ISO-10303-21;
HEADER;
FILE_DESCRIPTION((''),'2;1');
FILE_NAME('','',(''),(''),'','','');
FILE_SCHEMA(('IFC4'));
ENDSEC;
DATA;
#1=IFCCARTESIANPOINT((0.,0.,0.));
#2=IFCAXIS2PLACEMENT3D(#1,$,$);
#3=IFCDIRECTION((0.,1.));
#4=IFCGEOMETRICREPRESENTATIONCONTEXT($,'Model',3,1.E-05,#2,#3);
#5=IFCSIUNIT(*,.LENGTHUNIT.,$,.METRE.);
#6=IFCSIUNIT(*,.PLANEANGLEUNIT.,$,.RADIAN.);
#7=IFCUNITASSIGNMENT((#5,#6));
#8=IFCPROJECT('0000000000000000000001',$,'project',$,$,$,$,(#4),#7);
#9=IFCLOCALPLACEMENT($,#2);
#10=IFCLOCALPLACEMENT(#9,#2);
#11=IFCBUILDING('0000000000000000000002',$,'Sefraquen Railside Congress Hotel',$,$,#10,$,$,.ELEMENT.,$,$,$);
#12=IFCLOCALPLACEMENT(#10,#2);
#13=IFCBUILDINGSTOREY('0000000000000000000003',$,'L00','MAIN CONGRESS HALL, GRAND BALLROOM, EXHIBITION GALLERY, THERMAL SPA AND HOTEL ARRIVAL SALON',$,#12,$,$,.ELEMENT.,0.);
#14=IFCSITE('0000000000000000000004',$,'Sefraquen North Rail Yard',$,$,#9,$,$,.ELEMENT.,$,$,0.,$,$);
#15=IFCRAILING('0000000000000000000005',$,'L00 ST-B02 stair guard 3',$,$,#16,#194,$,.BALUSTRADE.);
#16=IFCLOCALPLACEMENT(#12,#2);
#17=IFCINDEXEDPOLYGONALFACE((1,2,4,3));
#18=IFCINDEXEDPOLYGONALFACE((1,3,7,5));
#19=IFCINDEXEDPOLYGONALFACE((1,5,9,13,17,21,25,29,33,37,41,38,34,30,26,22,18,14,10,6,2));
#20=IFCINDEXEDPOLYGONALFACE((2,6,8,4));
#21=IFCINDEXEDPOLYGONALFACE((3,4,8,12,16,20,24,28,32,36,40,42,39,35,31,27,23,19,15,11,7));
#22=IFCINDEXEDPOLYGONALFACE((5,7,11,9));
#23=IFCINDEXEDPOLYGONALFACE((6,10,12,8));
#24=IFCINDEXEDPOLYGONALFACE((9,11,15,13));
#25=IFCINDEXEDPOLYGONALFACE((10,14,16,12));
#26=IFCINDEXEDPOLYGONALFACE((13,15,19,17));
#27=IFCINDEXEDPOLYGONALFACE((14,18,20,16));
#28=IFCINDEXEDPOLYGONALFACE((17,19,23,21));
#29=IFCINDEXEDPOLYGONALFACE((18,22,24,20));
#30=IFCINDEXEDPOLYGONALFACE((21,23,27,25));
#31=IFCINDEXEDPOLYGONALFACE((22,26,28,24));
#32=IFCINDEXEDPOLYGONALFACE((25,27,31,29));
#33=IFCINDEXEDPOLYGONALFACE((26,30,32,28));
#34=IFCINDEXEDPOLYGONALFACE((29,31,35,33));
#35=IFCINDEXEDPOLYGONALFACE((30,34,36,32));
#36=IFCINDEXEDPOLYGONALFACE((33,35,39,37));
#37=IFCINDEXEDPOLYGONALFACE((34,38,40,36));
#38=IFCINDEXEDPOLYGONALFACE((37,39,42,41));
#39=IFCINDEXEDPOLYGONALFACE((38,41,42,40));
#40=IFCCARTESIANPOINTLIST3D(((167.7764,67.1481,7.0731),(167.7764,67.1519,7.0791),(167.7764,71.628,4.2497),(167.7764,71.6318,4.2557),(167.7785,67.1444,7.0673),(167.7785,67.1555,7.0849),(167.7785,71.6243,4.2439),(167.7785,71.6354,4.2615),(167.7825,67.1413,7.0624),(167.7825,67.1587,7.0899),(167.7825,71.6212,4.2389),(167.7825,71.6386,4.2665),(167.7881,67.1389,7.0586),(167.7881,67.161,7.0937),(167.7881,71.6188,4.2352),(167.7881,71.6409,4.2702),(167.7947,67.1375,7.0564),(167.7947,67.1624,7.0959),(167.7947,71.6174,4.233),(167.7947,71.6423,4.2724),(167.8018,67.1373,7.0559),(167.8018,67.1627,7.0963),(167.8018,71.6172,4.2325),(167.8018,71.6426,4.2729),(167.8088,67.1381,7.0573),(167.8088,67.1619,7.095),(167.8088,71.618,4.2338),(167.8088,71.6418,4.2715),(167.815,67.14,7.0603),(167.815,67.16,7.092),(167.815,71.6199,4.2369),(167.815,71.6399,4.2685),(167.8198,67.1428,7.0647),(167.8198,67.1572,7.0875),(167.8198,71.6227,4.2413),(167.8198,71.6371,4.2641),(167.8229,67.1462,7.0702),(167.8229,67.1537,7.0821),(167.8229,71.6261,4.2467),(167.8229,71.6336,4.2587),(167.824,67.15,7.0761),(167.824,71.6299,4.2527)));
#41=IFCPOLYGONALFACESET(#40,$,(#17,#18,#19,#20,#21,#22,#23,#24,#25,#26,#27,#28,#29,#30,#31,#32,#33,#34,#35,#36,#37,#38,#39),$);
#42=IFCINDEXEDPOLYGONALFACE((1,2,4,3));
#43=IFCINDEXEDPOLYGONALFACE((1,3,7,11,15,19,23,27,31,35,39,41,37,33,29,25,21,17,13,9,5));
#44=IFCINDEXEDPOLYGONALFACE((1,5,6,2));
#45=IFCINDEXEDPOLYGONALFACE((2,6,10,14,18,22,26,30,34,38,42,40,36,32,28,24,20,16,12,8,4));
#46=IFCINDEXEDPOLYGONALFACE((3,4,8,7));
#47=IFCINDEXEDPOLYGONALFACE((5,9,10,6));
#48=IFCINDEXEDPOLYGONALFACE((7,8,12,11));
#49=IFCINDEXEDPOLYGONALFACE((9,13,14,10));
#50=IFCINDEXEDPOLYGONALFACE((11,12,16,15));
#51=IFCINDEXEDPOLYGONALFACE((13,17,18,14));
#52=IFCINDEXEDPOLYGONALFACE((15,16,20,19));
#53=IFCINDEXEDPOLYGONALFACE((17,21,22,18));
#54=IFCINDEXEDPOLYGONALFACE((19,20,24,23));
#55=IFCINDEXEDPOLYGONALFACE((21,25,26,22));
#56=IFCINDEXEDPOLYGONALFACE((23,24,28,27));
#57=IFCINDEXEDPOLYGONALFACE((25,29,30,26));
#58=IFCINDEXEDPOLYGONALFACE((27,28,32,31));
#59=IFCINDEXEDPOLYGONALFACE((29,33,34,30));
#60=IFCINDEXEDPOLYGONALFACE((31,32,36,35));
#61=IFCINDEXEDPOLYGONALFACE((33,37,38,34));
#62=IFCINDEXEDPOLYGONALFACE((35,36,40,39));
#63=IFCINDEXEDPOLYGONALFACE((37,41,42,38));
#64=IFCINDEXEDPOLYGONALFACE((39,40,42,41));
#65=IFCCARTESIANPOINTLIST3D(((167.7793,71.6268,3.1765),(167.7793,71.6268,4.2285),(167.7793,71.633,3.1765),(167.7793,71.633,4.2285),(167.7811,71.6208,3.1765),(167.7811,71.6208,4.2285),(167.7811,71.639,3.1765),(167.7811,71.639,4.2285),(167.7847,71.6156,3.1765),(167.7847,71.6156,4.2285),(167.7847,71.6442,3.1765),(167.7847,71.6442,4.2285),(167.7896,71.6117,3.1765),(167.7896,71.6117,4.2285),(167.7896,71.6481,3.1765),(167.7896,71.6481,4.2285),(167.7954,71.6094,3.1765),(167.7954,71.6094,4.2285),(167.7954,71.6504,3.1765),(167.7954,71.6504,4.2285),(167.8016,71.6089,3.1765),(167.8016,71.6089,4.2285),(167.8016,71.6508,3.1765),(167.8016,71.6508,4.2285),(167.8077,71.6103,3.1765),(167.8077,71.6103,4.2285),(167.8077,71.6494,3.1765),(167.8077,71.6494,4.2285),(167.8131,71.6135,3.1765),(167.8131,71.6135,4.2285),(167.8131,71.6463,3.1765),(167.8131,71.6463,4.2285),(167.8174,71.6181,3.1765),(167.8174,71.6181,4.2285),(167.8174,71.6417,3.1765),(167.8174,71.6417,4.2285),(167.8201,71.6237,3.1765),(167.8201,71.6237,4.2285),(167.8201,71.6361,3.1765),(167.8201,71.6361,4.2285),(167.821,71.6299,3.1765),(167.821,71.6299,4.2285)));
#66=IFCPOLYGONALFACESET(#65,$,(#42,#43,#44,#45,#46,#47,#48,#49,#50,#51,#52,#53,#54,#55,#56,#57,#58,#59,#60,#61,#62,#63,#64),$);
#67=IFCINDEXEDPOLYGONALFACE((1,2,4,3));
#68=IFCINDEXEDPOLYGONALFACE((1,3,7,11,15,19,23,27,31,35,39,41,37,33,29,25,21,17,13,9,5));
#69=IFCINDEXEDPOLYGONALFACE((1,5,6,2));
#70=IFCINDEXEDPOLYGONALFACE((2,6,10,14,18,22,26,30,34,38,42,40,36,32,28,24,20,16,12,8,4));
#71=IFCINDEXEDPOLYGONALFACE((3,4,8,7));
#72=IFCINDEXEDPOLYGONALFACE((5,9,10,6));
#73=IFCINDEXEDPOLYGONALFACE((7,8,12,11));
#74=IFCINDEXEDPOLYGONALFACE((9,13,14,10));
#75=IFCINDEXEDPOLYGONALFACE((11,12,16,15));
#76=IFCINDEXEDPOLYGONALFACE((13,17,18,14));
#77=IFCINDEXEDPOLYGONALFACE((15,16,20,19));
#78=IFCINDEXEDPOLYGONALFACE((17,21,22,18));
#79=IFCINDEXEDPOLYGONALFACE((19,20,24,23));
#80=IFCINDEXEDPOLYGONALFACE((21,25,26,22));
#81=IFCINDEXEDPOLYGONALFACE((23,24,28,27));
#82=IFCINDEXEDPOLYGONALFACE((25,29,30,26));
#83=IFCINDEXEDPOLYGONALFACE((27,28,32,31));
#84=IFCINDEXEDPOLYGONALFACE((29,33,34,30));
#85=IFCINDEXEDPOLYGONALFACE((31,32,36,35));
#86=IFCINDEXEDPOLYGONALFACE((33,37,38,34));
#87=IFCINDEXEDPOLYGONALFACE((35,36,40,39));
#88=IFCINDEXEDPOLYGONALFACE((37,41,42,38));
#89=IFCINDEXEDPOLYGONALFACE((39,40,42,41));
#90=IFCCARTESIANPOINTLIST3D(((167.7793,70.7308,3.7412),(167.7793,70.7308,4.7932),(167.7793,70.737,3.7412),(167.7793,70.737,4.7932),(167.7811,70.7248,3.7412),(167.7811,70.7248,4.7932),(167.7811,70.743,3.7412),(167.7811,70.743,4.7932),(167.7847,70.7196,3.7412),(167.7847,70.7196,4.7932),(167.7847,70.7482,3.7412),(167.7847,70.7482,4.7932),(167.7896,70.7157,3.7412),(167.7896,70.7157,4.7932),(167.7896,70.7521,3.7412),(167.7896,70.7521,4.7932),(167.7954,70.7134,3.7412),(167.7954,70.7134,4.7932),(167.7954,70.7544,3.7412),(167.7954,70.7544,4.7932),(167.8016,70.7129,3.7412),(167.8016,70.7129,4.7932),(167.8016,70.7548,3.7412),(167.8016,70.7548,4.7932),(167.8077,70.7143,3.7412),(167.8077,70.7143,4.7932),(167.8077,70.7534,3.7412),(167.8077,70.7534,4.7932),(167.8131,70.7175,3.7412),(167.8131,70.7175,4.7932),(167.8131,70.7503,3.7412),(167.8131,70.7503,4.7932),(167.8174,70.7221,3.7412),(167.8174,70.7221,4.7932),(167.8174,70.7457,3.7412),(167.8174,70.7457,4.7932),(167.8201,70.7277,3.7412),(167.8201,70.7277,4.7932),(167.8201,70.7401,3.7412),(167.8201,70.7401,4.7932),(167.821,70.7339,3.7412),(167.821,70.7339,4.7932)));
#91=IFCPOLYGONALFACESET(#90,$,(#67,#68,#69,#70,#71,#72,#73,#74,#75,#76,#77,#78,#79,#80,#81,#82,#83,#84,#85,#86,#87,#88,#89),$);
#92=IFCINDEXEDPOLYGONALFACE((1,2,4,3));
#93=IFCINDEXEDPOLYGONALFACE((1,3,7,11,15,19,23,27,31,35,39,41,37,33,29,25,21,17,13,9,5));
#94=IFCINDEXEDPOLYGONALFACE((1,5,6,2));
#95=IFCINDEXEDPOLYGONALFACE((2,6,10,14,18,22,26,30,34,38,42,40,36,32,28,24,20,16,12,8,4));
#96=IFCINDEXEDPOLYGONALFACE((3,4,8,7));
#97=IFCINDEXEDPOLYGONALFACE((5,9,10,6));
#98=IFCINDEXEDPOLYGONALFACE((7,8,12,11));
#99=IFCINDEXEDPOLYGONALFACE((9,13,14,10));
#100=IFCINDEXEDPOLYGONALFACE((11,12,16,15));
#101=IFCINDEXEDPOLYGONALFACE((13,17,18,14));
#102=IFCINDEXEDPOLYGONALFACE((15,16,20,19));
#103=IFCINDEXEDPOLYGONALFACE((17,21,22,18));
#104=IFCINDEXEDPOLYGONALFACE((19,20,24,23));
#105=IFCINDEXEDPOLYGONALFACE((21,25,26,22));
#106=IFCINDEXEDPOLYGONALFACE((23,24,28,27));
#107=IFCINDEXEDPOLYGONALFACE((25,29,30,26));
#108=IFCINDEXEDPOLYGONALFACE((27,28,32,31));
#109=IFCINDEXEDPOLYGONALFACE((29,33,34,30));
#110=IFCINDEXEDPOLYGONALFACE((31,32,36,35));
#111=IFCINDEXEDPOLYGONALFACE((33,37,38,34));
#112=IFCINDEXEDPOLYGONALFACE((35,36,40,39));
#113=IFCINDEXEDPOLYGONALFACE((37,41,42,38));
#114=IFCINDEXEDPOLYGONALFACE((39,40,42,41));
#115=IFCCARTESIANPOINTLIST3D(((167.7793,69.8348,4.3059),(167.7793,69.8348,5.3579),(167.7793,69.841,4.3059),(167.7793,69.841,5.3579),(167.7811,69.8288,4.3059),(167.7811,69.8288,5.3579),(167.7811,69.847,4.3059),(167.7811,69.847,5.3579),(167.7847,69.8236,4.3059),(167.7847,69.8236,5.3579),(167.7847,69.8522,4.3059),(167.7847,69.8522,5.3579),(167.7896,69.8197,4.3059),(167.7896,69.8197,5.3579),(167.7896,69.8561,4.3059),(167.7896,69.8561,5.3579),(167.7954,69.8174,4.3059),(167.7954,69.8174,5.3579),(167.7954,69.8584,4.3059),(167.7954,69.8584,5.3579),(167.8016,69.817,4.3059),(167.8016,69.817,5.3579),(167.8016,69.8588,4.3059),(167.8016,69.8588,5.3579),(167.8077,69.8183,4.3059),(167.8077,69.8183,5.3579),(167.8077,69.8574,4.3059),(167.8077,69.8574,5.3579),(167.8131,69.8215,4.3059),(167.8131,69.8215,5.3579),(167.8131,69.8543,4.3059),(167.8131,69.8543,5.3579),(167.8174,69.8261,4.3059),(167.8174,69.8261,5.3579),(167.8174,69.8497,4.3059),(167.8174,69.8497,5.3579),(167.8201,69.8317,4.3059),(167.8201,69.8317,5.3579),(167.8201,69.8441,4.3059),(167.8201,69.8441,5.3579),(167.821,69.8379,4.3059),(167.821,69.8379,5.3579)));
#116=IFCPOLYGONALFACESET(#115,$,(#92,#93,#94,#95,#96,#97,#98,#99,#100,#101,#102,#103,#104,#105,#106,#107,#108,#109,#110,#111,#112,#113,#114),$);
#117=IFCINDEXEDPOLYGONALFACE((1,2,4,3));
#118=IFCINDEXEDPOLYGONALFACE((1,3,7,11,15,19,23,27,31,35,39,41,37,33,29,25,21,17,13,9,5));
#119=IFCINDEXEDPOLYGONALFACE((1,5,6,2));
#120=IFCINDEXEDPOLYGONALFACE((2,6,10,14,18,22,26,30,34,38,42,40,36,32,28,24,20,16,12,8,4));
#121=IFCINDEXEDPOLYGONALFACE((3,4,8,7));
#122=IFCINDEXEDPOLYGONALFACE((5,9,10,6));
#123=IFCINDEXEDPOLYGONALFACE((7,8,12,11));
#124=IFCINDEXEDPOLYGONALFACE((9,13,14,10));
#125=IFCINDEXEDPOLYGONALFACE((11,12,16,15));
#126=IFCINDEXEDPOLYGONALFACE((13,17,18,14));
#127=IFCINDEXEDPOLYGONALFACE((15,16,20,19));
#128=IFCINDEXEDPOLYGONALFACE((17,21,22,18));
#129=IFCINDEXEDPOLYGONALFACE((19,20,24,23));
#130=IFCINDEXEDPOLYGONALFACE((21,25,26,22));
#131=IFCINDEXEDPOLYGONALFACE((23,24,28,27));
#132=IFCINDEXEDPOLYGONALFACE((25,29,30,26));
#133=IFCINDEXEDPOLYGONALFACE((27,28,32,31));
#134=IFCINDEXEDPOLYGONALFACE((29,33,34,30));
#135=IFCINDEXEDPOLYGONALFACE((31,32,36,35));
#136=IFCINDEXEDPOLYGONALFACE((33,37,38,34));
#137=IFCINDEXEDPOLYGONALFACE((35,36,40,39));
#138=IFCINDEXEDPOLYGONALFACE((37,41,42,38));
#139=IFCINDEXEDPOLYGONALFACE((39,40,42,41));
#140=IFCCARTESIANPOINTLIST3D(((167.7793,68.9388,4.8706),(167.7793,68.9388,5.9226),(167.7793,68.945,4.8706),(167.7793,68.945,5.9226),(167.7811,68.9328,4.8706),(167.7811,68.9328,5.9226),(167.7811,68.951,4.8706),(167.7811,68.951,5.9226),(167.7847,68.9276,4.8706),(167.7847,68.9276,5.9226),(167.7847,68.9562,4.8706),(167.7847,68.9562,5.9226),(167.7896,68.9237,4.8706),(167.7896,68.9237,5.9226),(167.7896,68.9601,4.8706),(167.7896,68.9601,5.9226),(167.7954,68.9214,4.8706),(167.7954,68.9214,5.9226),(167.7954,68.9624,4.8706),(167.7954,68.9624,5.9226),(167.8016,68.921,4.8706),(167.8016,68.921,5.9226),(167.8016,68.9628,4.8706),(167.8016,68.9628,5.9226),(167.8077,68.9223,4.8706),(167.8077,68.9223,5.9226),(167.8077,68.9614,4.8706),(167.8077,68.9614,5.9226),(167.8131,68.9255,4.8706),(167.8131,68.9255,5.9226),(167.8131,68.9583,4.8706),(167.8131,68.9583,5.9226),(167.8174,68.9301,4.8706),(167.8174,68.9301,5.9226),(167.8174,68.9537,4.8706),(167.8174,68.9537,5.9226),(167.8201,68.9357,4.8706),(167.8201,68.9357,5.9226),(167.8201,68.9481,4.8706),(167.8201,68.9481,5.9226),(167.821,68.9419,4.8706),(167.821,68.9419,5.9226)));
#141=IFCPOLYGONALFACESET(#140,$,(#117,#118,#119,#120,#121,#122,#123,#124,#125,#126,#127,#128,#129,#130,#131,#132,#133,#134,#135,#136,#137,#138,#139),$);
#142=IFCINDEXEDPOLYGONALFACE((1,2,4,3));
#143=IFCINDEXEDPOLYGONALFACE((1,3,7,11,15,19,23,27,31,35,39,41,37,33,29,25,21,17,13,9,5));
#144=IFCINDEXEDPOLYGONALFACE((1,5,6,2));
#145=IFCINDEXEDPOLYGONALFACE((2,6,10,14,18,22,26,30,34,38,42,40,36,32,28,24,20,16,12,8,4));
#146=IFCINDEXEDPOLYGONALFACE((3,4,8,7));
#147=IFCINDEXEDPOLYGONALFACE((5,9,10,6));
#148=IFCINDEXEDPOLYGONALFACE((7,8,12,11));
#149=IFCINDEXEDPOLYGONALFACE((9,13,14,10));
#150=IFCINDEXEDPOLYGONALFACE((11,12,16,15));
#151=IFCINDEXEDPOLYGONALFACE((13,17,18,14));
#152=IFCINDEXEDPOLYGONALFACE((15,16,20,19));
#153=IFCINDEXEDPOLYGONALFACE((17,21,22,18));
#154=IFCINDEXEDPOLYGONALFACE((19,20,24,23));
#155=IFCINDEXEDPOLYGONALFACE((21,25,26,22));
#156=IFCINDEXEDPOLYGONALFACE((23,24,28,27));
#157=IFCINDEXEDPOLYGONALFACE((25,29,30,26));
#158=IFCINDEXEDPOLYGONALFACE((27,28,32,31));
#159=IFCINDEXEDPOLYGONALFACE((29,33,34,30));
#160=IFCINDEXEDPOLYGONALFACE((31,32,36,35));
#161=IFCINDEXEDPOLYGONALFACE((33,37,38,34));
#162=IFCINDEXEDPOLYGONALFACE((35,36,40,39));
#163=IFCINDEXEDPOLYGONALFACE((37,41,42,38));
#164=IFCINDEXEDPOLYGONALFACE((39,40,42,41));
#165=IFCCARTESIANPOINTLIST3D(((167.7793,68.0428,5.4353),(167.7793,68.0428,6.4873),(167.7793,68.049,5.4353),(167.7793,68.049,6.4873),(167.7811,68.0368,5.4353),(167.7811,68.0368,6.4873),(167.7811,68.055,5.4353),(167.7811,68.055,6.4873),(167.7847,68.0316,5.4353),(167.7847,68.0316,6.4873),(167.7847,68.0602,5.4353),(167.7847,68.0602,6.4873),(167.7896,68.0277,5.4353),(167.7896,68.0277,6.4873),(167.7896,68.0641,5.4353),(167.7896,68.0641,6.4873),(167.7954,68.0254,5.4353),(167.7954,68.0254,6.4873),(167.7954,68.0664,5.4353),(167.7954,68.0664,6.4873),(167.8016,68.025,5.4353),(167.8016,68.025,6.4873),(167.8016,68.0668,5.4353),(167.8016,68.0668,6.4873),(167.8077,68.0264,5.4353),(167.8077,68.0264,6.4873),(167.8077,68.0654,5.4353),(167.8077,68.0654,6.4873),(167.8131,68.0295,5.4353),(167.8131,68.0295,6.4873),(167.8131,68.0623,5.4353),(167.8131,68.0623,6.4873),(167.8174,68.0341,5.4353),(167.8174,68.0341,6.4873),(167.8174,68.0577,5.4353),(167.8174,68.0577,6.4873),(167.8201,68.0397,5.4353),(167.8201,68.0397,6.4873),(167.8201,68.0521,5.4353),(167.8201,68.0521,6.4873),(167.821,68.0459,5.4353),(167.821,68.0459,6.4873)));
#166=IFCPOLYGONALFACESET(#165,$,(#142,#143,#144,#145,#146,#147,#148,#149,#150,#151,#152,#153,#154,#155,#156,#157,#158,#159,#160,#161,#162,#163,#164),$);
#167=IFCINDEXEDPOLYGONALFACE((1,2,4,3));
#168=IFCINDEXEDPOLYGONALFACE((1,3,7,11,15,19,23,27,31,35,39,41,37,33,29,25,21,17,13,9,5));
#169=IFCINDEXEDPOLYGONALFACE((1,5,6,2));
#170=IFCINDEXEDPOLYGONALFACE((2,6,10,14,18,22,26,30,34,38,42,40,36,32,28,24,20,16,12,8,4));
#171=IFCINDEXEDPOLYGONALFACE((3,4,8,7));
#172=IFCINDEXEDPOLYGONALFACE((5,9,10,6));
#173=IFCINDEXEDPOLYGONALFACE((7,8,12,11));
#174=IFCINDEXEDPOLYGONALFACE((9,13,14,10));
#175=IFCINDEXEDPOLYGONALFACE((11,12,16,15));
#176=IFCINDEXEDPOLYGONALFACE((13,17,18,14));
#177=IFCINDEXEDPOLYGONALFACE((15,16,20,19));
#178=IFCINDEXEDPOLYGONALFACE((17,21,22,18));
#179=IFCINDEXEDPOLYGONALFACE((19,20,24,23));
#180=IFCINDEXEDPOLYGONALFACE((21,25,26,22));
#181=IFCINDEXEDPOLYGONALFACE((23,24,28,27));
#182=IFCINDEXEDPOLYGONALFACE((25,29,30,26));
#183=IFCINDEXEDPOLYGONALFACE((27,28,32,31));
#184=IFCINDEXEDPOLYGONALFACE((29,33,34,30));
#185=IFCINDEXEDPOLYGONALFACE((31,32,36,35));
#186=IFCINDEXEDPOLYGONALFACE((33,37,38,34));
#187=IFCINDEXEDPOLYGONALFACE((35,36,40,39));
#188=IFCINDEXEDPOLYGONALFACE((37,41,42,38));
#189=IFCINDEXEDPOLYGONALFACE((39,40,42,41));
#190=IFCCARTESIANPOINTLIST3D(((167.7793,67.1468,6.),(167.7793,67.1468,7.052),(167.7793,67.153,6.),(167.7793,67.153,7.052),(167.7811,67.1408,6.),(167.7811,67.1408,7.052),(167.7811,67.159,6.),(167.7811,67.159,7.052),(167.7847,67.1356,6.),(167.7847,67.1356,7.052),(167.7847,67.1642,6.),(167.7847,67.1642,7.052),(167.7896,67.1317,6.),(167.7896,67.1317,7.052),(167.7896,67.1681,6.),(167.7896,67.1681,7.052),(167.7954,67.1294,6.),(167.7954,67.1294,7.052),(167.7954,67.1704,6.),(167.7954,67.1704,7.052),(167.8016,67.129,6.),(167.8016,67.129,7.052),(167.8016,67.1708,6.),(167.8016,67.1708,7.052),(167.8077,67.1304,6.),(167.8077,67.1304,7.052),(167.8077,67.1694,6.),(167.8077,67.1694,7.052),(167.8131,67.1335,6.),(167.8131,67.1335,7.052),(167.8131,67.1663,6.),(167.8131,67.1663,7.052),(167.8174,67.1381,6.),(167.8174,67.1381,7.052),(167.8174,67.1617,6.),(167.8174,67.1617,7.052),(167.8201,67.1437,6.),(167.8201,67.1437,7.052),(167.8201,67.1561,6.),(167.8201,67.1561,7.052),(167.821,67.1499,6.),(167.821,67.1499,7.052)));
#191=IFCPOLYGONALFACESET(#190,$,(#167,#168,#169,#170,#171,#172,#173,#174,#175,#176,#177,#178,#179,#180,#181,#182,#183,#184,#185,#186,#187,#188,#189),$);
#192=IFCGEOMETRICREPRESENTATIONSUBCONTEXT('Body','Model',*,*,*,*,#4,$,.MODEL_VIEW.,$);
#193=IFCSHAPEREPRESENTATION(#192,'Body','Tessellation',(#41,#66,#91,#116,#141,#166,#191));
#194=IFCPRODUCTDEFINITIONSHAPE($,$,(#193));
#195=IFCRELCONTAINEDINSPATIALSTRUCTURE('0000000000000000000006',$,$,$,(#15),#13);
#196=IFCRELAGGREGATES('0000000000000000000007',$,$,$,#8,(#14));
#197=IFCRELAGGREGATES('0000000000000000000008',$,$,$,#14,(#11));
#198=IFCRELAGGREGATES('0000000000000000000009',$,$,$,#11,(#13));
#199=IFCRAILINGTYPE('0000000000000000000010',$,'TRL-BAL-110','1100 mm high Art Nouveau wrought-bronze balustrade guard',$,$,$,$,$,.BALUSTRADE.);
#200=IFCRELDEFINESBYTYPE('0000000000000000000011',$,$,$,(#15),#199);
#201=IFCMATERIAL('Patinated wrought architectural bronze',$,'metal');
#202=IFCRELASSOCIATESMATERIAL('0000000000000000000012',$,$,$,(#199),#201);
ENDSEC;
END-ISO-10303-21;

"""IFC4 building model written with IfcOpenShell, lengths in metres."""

from ifc_helpers import new_model, si_unit, direction, frame, origin, origin_2d, place, context, subcontext, project, spatial, circle, extrude, material, type_object, element, save


model = new_model("IFC4")

# Units and contexts
model_context = context("Model", 3, precision=1e-05, world=origin(), true_north=direction((0.0, 1.0)))
body_context = subcontext(model_context, "Body", "Model", "MODEL_VIEW")
ifc_project = project(units=[si_unit("LENGTHUNIT", "METRE"), si_unit("PLANEANGLEUNIT", "RADIAN")], contexts=[model_context])

# Site, building, storey
site_placement = place(None, origin())
site = spatial("IfcSite", under=ifc_project, at=site_placement, Name="Sefraquen North Rail Yard", CompositionType="ELEMENT", RefElevation=0.0)
building_placement = place(site_placement, origin())
building = spatial("IfcBuilding", under=site, at=building_placement, Name="Sefraquen Railside Congress Hotel", CompositionType="ELEMENT")
storey_placement = place(building_placement, origin())
storey = spatial("IfcBuildingStorey", under=building, at=storey_placement, Name="L00", Description="MAIN CONGRESS HALL, GRAND BALLROOM, EXHIBITION GALLERY, THERMAL SPA AND HOTEL ARRIVAL SALON", CompositionType="ELEMENT", Elevation=0.0)

# Railing
ifc_material_1 = material(Name="Patinated wrought architectural bronze", Category="metal")
railing_type_1 = type_object("IfcRailingType", Name="TRL-BAL-110", Description="1100 mm high Art Nouveau wrought-bronze balustrade guard", PredefinedType="BALUSTRADE", material=ifc_material_1)
railing_1_placement = place(storey_placement, frame((167.8, 71.6299, 3.1765)))
element("IfcRailing", 1, at=railing_1_placement, inside=storey, type_object=railing_type_1, Name="L00 ST-B02 stair guard 3", PredefinedType="BALUSTRADE", context=body_context, shape_type="SweptSolid", body=[
    extrude(circle(Radius=0.0239, at=origin_2d()), frame((0.0, 0.0, 1.0762), z_axis=(0.0, -0.845998, 0.533186), x_axis=(1.0, 0.0, 0.0)), (0.0, 0.0, 1.0), 5.2954),
    extrude(circle(Radius=0.021, at=origin_2d()), origin(), (0.0, 0.0, 1.0), 1.052),
    extrude(circle(Radius=0.021, at=origin_2d()), frame((0.0, -0.896, 0.5647)), (0.0, 0.0, 1.0), 1.052),
    extrude(circle(Radius=0.021, at=origin_2d()), frame((0.0, -1.792, 1.1294)), (0.0, 0.0, 1.0), 1.052),
    extrude(circle(Radius=0.021, at=origin_2d()), frame((0.0, -2.688, 1.6941)), (0.0, 0.0, 1.0), 1.052),
    extrude(circle(Radius=0.021, at=origin_2d()), frame((0.0, -3.584, 2.2588)), (0.0, 0.0, 1.0), 1.052),
    extrude(circle(Radius=0.021, at=origin_2d()), frame((0.0, -4.48, 2.8235)), (0.0, 0.0, 1.0), 1.052),
])

save(model, "model.ifc")
